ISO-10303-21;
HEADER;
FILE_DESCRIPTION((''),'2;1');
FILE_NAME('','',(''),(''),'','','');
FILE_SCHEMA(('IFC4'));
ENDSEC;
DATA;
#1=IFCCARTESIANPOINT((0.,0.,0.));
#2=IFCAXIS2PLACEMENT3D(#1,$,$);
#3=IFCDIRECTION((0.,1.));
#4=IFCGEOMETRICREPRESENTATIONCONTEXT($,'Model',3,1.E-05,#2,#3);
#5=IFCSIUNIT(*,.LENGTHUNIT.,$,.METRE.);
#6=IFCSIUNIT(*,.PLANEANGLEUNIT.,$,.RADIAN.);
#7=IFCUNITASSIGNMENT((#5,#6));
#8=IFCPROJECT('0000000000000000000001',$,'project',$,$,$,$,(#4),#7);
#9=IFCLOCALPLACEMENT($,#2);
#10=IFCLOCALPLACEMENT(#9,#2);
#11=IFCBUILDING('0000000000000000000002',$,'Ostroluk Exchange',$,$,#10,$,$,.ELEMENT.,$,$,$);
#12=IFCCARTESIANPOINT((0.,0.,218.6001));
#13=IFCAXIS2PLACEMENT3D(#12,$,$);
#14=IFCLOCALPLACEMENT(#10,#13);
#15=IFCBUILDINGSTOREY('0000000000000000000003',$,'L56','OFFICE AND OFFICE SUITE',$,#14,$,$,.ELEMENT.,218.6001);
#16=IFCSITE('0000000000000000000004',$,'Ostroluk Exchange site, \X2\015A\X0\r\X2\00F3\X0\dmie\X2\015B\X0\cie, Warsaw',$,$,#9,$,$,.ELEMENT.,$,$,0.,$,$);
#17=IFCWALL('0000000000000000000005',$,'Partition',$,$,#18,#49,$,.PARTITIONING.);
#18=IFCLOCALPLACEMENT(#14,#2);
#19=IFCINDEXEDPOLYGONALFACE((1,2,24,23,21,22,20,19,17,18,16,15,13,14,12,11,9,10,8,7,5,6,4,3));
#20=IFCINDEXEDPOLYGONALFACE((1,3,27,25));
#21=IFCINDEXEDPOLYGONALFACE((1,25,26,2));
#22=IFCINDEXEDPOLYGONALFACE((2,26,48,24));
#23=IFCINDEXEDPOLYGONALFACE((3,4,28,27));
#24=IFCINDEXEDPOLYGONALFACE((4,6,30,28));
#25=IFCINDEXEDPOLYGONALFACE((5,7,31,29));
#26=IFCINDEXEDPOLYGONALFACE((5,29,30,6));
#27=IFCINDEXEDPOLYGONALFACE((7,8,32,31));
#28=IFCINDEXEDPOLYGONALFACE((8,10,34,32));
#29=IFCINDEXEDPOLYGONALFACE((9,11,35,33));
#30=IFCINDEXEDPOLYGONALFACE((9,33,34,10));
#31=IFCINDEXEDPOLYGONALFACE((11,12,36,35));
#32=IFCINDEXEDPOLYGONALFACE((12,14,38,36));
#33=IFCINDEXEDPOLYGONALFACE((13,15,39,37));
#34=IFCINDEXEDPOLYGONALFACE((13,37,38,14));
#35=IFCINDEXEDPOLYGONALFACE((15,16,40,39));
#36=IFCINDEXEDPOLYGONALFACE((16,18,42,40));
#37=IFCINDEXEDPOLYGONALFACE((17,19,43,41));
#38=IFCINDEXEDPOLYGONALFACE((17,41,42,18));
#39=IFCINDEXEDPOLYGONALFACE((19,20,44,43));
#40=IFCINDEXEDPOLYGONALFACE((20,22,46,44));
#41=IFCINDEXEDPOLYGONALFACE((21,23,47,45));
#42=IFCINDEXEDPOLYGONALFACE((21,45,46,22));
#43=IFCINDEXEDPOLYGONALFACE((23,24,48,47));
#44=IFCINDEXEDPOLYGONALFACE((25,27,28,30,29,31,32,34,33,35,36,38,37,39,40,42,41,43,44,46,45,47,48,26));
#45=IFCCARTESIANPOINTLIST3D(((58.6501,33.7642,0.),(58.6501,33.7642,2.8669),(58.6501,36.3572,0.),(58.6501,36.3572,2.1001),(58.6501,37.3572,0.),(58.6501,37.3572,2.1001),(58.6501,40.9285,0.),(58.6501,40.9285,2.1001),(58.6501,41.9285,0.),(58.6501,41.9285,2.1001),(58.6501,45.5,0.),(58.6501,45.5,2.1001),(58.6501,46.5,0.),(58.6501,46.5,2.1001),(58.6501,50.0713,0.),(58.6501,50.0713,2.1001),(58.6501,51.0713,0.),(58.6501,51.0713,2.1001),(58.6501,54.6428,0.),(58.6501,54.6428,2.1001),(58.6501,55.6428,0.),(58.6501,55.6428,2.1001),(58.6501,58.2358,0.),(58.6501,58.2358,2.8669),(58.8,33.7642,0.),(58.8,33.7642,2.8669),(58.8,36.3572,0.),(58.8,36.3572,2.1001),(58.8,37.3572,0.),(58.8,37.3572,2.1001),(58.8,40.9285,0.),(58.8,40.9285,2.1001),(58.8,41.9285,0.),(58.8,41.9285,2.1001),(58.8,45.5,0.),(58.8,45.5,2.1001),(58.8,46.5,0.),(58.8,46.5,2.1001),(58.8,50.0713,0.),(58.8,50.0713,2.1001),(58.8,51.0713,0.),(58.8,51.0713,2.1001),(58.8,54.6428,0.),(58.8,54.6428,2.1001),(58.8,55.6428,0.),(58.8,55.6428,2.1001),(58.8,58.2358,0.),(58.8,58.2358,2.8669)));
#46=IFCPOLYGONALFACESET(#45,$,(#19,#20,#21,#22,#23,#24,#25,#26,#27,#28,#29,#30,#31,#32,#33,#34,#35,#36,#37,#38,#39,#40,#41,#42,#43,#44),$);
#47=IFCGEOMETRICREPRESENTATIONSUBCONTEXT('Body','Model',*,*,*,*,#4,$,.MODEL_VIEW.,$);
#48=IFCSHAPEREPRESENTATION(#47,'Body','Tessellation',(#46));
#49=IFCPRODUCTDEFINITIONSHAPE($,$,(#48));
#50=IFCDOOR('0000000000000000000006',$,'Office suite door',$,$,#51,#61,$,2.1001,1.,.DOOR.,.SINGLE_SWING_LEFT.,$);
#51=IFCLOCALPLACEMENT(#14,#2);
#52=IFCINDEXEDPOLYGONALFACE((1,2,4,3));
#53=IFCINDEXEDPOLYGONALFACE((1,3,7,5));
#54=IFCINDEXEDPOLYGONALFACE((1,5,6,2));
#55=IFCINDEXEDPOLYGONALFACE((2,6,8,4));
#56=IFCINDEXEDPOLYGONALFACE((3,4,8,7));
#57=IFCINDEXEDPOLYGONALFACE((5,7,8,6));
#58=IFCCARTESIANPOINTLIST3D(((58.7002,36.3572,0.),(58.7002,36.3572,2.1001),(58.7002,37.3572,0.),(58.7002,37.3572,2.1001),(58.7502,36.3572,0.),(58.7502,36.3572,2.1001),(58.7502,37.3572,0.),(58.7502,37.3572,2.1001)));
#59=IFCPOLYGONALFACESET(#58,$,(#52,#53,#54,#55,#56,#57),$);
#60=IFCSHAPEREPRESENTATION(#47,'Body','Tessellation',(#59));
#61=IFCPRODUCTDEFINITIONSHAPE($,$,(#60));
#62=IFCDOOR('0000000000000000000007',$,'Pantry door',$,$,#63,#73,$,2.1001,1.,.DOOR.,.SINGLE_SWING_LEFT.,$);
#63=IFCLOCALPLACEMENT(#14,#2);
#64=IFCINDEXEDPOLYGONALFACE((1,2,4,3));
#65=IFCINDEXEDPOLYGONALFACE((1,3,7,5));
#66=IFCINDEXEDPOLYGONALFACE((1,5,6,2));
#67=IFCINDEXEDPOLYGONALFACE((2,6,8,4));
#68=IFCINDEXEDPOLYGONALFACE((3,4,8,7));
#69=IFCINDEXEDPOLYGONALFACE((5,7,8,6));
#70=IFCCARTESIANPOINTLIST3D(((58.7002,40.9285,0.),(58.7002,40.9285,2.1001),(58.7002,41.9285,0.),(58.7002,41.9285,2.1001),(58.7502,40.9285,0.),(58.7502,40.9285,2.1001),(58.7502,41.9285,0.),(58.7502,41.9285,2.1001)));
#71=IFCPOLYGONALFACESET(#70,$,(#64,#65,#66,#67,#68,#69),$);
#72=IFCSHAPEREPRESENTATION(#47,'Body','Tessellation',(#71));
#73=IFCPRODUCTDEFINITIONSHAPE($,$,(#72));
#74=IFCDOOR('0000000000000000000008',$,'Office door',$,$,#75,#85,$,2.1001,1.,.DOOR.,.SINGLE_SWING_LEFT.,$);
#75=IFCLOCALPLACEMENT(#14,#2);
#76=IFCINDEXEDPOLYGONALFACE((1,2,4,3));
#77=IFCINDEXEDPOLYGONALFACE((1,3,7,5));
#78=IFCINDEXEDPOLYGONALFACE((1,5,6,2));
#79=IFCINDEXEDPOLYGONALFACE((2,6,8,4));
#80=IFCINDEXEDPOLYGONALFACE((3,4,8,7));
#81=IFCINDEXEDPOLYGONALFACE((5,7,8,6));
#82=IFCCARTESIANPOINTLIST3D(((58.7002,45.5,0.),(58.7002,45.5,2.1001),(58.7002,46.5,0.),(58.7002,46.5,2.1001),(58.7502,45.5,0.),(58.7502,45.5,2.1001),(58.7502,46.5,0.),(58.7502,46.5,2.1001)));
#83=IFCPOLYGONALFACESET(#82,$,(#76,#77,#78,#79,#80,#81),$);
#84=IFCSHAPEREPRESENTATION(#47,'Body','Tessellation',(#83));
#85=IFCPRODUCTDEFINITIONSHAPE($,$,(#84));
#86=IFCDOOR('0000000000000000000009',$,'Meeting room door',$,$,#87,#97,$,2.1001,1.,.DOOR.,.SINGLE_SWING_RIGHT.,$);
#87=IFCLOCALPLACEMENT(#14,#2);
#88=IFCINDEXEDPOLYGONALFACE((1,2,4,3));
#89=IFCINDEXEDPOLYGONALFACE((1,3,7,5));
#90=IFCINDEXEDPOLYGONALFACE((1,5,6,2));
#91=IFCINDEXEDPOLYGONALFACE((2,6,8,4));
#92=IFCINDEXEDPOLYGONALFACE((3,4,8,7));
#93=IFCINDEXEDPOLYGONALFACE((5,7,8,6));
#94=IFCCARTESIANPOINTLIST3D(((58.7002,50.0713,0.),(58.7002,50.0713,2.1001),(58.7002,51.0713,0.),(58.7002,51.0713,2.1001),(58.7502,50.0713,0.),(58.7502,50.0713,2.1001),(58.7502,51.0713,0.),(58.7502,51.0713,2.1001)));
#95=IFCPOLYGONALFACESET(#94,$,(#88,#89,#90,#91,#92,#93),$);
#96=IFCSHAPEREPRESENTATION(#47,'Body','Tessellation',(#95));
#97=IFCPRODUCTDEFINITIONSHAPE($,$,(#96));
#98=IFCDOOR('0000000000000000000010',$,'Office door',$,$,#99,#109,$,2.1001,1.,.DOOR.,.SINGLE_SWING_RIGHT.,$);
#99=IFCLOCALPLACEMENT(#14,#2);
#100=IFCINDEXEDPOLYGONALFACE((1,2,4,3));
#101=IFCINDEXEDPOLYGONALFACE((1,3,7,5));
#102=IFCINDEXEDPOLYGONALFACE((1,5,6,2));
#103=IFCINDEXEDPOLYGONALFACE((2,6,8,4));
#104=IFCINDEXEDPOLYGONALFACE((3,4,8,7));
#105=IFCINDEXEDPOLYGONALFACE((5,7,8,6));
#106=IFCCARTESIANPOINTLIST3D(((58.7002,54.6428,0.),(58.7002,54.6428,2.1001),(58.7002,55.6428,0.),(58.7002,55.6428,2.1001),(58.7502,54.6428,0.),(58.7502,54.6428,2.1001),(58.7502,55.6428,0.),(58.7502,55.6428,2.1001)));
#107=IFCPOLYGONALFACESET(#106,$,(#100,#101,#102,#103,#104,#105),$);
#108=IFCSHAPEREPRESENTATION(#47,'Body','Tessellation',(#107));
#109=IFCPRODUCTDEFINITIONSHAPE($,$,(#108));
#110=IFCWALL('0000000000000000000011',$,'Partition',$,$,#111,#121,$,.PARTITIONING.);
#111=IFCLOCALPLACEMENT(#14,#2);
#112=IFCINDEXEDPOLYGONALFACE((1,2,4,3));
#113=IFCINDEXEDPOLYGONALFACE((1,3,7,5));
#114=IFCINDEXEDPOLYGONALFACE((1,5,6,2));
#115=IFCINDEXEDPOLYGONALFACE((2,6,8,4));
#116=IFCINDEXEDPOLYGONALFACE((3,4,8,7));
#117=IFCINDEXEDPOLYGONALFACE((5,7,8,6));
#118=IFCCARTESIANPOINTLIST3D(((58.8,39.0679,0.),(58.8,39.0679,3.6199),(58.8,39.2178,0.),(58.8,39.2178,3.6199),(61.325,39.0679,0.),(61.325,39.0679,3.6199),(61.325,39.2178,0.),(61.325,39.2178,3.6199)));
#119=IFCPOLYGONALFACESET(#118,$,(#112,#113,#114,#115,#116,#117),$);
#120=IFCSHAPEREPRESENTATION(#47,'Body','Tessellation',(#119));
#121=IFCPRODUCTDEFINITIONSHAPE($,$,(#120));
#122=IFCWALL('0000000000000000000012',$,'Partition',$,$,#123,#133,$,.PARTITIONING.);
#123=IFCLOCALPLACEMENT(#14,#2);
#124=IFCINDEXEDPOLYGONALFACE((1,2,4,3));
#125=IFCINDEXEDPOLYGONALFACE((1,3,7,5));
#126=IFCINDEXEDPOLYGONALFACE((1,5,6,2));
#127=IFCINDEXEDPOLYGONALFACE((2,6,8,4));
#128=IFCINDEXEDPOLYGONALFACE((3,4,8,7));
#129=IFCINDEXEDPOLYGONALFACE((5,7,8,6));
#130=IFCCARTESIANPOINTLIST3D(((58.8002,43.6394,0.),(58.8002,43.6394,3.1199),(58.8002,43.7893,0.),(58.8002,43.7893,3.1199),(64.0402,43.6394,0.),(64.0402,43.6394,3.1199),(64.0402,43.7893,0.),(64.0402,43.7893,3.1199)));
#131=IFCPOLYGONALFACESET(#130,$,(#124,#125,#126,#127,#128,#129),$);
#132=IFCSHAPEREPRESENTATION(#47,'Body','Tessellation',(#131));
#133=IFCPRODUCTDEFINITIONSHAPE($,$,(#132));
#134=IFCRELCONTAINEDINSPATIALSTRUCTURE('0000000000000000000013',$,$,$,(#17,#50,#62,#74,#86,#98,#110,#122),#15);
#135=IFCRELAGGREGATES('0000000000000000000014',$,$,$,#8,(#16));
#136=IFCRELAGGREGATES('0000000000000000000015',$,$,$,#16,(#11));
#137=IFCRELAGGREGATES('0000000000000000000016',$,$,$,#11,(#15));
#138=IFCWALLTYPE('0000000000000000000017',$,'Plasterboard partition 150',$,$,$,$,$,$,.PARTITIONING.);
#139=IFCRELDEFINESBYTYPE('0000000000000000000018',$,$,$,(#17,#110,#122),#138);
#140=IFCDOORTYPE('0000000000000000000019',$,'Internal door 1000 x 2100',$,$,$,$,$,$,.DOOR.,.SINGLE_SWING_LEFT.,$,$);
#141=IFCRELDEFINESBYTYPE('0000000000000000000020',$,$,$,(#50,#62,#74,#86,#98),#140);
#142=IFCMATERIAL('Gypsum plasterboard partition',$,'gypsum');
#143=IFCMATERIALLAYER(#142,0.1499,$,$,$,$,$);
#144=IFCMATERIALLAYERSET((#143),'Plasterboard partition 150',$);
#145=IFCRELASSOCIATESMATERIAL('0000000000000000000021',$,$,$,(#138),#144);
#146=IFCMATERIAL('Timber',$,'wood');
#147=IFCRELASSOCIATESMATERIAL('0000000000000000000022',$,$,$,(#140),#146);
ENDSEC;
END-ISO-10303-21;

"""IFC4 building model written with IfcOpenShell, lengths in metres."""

from ifc_helpers import new_model, si_unit, direction, frame, frame_2d, origin, place, context, subcontext, project, spatial, rectangle, extrude, material, layer, layer_set, type_object, element, fill, save


model = new_model("IFC4")

# Units and contexts
model_context = context("Model", 3, precision=1e-05, world=origin(), true_north=direction((0.0, 1.0)))
body_context = subcontext(model_context, "Body", "Model", "MODEL_VIEW")
ifc_project = project(units=[si_unit("LENGTHUNIT", "METRE"), si_unit("PLANEANGLEUNIT", "RADIAN")], contexts=[model_context])

# Site, building, storey
site_placement = place(None, origin())
site = spatial("IfcSite", under=ifc_project, at=site_placement, Name="Ostroluk Exchange site, Śródmieście, Warsaw", CompositionType="ELEMENT", RefElevation=0.0)
building_placement = place(site_placement, origin())
building = spatial("IfcBuilding", under=site, at=building_placement, Name="Ostroluk Exchange", CompositionType="ELEMENT")
storey_placement = place(building_placement, frame((0.0, 0.0, 218.6001)))
storey = spatial("IfcBuildingStorey", under=building, at=storey_placement, Name="L56", Description="OFFICE AND OFFICE SUITE", CompositionType="ELEMENT", Elevation=218.6001)

# Shared definitions
ifc_material_1 = material(Name="Gypsum plasterboard partition", Category="gypsum")
ifc_layer_1 = layer(ifc_material_1, 0.1499)
ifc_layer_set_1 = layer_set([ifc_layer_1], Name="Plasterboard partition 150")
wall_type = type_object("IfcWallType", Name="Plasterboard partition 150", PredefinedType="PARTITIONING", material=ifc_layer_set_1)
ifc_material_2 = material(Name="Timber", Category="wood")
door_type = type_object("IfcDoorType", Name="Internal door 1000 x 2100", OperationType="SINGLE_SWING_LEFT", PredefinedType="DOOR", material=ifc_material_2)

# Wall, openings, doors
wall_1_placement = place(storey_placement, frame((58.7251, 33.7642, 0.0), z_axis=(0.0, 0.0, 1.0), x_axis=(0.0, 1.0, 0.0)))
wall_1 = element("IfcWall", 1, at=wall_1_placement, inside=storey, type_object=wall_type, Name="Partition", PredefinedType="PARTITIONING", context=body_context, shape_type="SweptSolid", body=[
    extrude(rectangle(XDim=24.4717, YDim=0.1499, at=frame_2d((12.2358, 0.0))), origin(), (0.0, 0.0, 1.0), 2.8669),
])
opening_1_placement = place(wall_1_placement, frame((2.593, 0.0, 0.0)))
opening_1 = element("IfcOpeningElement", 2, at=opening_1_placement, cuts=wall_1, PredefinedType="OPENING", context=body_context, shape_type="SweptSolid", body=[
    extrude(rectangle(XDim=1.0, YDim=2.1001, at=frame_2d((0.5, 1.05))), frame((0.0, 0.085, 0.0), z_axis=(0.0, -1.0, 0.0), x_axis=(1.0, 0.0, 0.0)), (0.0, 0.0, 1.0), 0.1699),
])
opening_2_placement = place(wall_1_placement, frame((7.1643, 0.0, 0.0)))
opening_2 = element("IfcOpeningElement", 3, at=opening_2_placement, cuts=wall_1, PredefinedType="OPENING", context=body_context, shape_type="SweptSolid", body=[
    extrude(rectangle(XDim=1.0, YDim=2.1001, at=frame_2d((0.5, 1.05))), frame((0.0, 0.085, 0.0), z_axis=(0.0, -1.0, 0.0), x_axis=(1.0, 0.0, 0.0)), (0.0, 0.0, 1.0), 0.1699),
])
opening_3_placement = place(wall_1_placement, frame((11.7358, 0.0, 0.0)))
opening_3 = element("IfcOpeningElement", 4, at=opening_3_placement, cuts=wall_1, PredefinedType="OPENING", context=body_context, shape_type="SweptSolid", body=[
    extrude(rectangle(XDim=1.0, YDim=2.1001, at=frame_2d((0.5, 1.05))), frame((0.0, 0.085, 0.0), z_axis=(0.0, -1.0, 0.0), x_axis=(1.0, 0.0, 0.0)), (0.0, 0.0, 1.0), 0.1699),
])
opening_4_placement = place(wall_1_placement, frame((16.3071, 0.0, 0.0)))
opening_4 = element("IfcOpeningElement", 5, at=opening_4_placement, cuts=wall_1, PredefinedType="OPENING", context=body_context, shape_type="SweptSolid", body=[
    extrude(rectangle(XDim=1.0, YDim=2.1001, at=frame_2d((0.5, 1.05))), frame((0.0, 0.085, 0.0), z_axis=(0.0, -1.0, 0.0), x_axis=(1.0, 0.0, 0.0)), (0.0, 0.0, 1.0), 0.1699),
])
opening_5_placement = place(wall_1_placement, frame((20.8787, 0.0, 0.0)))
opening_5 = element("IfcOpeningElement", 6, at=opening_5_placement, cuts=wall_1, PredefinedType="OPENING", context=body_context, shape_type="SweptSolid", body=[
    extrude(rectangle(XDim=1.0, YDim=2.1001, at=frame_2d((0.5, 1.05))), frame((0.0, 0.085, 0.0), z_axis=(0.0, -1.0, 0.0), x_axis=(1.0, 0.0, 0.0)), (0.0, 0.0, 1.0), 0.1699),
])
door_1_placement = place(opening_1_placement, origin())
door_1 = element("IfcDoor", 7, at=door_1_placement, inside=storey, type_object=door_type, Name="Office suite door", OperationType="SINGLE_SWING_LEFT", OverallHeight=2.1001, OverallWidth=1.0, PredefinedType="DOOR", context=body_context, shape_type="SweptSolid", body=[
    extrude(rectangle(XDim=1.0, YDim=2.1001, at=frame_2d((0.5, 1.05))), frame((0.0, 0.0249, 0.0), z_axis=(0.0, -1.0, 0.0), x_axis=(1.0, 0.0, 0.0)), (0.0, 0.0, 1.0), 0.05),
])
fill(opening_1, door_1)
door_2_placement = place(opening_2_placement, origin())
door_2 = element("IfcDoor", 8, at=door_2_placement, inside=storey, type_object=door_type, Name="Pantry door", OperationType="SINGLE_SWING_LEFT", OverallHeight=2.1001, OverallWidth=1.0, PredefinedType="DOOR", context=body_context, shape_type="SweptSolid", body=[
    extrude(rectangle(XDim=1.0, YDim=2.1001, at=frame_2d((0.5, 1.05))), frame((0.0, 0.0249, 0.0), z_axis=(0.0, -1.0, 0.0), x_axis=(1.0, 0.0, 0.0)), (0.0, 0.0, 1.0), 0.05),
])
fill(opening_2, door_2)
door_3_placement = place(opening_3_placement, origin())
door_3 = element("IfcDoor", 9, at=door_3_placement, inside=storey, type_object=door_type, Name="Office door", OperationType="SINGLE_SWING_LEFT", OverallHeight=2.1001, OverallWidth=1.0, PredefinedType="DOOR", context=body_context, shape_type="SweptSolid", body=[
    extrude(rectangle(XDim=1.0, YDim=2.1001, at=frame_2d((0.5, 1.05))), frame((0.0, 0.0249, 0.0), z_axis=(0.0, -1.0, 0.0), x_axis=(1.0, 0.0, 0.0)), (0.0, 0.0, 1.0), 0.05),
])
fill(opening_3, door_3)
door_4_placement = place(opening_4_placement, origin())
door_4 = element("IfcDoor", 10, at=door_4_placement, inside=storey, type_object=door_type, Name="Meeting room door", OperationType="SINGLE_SWING_RIGHT", OverallHeight=2.1001, OverallWidth=1.0, PredefinedType="DOOR", context=body_context, shape_type="SweptSolid", body=[
    extrude(rectangle(XDim=1.0, YDim=2.1001, at=frame_2d((0.5, 1.05))), frame((0.0, 0.0249, 0.0), z_axis=(0.0, -1.0, 0.0), x_axis=(1.0, 0.0, 0.0)), (0.0, 0.0, 1.0), 0.05),
])
fill(opening_4, door_4)
door_5_placement = place(opening_5_placement, origin())
door_5 = element("IfcDoor", 11, at=door_5_placement, inside=storey, type_object=door_type, Name="Office door", OperationType="SINGLE_SWING_RIGHT", OverallHeight=2.1001, OverallWidth=1.0, PredefinedType="DOOR", context=body_context, shape_type="SweptSolid", body=[
    extrude(rectangle(XDim=1.0, YDim=2.1001, at=frame_2d((0.5, 1.05))), frame((0.0, 0.0249, 0.0), z_axis=(0.0, -1.0, 0.0), x_axis=(1.0, 0.0, 0.0)), (0.0, 0.0, 1.0), 0.05),
])
fill(opening_5, door_5)

# Walls
wall_2_placement = place(storey_placement, frame((58.8, 39.1428, 0.0), z_axis=(0.0, 0.0, 1.0), x_axis=(1.0, 0.0, 0.0)))
element("IfcWall", 12, at=wall_2_placement, inside=storey, type_object=wall_type, Name="Partition", PredefinedType="PARTITIONING", context=body_context, shape_type="SweptSolid", body=[
    extrude(rectangle(XDim=2.5249, YDim=0.1499, at=frame_2d((1.2625, 0.0))), origin(), (0.0, 0.0, 1.0), 3.6199),
])
wall_3_placement = place(storey_placement, frame((58.8, 43.7144, 0.0), z_axis=(0.0, 0.0, 1.0), x_axis=(1.0, 0.0, 0.0)))
element("IfcWall", 13, at=wall_3_placement, inside=storey, type_object=wall_type, Name="Partition", PredefinedType="PARTITIONING", context=body_context, shape_type="SweptSolid", body=[
    extrude(rectangle(XDim=5.24, YDim=0.1499, at=frame_2d((2.6201, 0.0))), origin(), (0.0, 0.0, 1.0), 3.1199),
])

save(model, "model.ifc")
